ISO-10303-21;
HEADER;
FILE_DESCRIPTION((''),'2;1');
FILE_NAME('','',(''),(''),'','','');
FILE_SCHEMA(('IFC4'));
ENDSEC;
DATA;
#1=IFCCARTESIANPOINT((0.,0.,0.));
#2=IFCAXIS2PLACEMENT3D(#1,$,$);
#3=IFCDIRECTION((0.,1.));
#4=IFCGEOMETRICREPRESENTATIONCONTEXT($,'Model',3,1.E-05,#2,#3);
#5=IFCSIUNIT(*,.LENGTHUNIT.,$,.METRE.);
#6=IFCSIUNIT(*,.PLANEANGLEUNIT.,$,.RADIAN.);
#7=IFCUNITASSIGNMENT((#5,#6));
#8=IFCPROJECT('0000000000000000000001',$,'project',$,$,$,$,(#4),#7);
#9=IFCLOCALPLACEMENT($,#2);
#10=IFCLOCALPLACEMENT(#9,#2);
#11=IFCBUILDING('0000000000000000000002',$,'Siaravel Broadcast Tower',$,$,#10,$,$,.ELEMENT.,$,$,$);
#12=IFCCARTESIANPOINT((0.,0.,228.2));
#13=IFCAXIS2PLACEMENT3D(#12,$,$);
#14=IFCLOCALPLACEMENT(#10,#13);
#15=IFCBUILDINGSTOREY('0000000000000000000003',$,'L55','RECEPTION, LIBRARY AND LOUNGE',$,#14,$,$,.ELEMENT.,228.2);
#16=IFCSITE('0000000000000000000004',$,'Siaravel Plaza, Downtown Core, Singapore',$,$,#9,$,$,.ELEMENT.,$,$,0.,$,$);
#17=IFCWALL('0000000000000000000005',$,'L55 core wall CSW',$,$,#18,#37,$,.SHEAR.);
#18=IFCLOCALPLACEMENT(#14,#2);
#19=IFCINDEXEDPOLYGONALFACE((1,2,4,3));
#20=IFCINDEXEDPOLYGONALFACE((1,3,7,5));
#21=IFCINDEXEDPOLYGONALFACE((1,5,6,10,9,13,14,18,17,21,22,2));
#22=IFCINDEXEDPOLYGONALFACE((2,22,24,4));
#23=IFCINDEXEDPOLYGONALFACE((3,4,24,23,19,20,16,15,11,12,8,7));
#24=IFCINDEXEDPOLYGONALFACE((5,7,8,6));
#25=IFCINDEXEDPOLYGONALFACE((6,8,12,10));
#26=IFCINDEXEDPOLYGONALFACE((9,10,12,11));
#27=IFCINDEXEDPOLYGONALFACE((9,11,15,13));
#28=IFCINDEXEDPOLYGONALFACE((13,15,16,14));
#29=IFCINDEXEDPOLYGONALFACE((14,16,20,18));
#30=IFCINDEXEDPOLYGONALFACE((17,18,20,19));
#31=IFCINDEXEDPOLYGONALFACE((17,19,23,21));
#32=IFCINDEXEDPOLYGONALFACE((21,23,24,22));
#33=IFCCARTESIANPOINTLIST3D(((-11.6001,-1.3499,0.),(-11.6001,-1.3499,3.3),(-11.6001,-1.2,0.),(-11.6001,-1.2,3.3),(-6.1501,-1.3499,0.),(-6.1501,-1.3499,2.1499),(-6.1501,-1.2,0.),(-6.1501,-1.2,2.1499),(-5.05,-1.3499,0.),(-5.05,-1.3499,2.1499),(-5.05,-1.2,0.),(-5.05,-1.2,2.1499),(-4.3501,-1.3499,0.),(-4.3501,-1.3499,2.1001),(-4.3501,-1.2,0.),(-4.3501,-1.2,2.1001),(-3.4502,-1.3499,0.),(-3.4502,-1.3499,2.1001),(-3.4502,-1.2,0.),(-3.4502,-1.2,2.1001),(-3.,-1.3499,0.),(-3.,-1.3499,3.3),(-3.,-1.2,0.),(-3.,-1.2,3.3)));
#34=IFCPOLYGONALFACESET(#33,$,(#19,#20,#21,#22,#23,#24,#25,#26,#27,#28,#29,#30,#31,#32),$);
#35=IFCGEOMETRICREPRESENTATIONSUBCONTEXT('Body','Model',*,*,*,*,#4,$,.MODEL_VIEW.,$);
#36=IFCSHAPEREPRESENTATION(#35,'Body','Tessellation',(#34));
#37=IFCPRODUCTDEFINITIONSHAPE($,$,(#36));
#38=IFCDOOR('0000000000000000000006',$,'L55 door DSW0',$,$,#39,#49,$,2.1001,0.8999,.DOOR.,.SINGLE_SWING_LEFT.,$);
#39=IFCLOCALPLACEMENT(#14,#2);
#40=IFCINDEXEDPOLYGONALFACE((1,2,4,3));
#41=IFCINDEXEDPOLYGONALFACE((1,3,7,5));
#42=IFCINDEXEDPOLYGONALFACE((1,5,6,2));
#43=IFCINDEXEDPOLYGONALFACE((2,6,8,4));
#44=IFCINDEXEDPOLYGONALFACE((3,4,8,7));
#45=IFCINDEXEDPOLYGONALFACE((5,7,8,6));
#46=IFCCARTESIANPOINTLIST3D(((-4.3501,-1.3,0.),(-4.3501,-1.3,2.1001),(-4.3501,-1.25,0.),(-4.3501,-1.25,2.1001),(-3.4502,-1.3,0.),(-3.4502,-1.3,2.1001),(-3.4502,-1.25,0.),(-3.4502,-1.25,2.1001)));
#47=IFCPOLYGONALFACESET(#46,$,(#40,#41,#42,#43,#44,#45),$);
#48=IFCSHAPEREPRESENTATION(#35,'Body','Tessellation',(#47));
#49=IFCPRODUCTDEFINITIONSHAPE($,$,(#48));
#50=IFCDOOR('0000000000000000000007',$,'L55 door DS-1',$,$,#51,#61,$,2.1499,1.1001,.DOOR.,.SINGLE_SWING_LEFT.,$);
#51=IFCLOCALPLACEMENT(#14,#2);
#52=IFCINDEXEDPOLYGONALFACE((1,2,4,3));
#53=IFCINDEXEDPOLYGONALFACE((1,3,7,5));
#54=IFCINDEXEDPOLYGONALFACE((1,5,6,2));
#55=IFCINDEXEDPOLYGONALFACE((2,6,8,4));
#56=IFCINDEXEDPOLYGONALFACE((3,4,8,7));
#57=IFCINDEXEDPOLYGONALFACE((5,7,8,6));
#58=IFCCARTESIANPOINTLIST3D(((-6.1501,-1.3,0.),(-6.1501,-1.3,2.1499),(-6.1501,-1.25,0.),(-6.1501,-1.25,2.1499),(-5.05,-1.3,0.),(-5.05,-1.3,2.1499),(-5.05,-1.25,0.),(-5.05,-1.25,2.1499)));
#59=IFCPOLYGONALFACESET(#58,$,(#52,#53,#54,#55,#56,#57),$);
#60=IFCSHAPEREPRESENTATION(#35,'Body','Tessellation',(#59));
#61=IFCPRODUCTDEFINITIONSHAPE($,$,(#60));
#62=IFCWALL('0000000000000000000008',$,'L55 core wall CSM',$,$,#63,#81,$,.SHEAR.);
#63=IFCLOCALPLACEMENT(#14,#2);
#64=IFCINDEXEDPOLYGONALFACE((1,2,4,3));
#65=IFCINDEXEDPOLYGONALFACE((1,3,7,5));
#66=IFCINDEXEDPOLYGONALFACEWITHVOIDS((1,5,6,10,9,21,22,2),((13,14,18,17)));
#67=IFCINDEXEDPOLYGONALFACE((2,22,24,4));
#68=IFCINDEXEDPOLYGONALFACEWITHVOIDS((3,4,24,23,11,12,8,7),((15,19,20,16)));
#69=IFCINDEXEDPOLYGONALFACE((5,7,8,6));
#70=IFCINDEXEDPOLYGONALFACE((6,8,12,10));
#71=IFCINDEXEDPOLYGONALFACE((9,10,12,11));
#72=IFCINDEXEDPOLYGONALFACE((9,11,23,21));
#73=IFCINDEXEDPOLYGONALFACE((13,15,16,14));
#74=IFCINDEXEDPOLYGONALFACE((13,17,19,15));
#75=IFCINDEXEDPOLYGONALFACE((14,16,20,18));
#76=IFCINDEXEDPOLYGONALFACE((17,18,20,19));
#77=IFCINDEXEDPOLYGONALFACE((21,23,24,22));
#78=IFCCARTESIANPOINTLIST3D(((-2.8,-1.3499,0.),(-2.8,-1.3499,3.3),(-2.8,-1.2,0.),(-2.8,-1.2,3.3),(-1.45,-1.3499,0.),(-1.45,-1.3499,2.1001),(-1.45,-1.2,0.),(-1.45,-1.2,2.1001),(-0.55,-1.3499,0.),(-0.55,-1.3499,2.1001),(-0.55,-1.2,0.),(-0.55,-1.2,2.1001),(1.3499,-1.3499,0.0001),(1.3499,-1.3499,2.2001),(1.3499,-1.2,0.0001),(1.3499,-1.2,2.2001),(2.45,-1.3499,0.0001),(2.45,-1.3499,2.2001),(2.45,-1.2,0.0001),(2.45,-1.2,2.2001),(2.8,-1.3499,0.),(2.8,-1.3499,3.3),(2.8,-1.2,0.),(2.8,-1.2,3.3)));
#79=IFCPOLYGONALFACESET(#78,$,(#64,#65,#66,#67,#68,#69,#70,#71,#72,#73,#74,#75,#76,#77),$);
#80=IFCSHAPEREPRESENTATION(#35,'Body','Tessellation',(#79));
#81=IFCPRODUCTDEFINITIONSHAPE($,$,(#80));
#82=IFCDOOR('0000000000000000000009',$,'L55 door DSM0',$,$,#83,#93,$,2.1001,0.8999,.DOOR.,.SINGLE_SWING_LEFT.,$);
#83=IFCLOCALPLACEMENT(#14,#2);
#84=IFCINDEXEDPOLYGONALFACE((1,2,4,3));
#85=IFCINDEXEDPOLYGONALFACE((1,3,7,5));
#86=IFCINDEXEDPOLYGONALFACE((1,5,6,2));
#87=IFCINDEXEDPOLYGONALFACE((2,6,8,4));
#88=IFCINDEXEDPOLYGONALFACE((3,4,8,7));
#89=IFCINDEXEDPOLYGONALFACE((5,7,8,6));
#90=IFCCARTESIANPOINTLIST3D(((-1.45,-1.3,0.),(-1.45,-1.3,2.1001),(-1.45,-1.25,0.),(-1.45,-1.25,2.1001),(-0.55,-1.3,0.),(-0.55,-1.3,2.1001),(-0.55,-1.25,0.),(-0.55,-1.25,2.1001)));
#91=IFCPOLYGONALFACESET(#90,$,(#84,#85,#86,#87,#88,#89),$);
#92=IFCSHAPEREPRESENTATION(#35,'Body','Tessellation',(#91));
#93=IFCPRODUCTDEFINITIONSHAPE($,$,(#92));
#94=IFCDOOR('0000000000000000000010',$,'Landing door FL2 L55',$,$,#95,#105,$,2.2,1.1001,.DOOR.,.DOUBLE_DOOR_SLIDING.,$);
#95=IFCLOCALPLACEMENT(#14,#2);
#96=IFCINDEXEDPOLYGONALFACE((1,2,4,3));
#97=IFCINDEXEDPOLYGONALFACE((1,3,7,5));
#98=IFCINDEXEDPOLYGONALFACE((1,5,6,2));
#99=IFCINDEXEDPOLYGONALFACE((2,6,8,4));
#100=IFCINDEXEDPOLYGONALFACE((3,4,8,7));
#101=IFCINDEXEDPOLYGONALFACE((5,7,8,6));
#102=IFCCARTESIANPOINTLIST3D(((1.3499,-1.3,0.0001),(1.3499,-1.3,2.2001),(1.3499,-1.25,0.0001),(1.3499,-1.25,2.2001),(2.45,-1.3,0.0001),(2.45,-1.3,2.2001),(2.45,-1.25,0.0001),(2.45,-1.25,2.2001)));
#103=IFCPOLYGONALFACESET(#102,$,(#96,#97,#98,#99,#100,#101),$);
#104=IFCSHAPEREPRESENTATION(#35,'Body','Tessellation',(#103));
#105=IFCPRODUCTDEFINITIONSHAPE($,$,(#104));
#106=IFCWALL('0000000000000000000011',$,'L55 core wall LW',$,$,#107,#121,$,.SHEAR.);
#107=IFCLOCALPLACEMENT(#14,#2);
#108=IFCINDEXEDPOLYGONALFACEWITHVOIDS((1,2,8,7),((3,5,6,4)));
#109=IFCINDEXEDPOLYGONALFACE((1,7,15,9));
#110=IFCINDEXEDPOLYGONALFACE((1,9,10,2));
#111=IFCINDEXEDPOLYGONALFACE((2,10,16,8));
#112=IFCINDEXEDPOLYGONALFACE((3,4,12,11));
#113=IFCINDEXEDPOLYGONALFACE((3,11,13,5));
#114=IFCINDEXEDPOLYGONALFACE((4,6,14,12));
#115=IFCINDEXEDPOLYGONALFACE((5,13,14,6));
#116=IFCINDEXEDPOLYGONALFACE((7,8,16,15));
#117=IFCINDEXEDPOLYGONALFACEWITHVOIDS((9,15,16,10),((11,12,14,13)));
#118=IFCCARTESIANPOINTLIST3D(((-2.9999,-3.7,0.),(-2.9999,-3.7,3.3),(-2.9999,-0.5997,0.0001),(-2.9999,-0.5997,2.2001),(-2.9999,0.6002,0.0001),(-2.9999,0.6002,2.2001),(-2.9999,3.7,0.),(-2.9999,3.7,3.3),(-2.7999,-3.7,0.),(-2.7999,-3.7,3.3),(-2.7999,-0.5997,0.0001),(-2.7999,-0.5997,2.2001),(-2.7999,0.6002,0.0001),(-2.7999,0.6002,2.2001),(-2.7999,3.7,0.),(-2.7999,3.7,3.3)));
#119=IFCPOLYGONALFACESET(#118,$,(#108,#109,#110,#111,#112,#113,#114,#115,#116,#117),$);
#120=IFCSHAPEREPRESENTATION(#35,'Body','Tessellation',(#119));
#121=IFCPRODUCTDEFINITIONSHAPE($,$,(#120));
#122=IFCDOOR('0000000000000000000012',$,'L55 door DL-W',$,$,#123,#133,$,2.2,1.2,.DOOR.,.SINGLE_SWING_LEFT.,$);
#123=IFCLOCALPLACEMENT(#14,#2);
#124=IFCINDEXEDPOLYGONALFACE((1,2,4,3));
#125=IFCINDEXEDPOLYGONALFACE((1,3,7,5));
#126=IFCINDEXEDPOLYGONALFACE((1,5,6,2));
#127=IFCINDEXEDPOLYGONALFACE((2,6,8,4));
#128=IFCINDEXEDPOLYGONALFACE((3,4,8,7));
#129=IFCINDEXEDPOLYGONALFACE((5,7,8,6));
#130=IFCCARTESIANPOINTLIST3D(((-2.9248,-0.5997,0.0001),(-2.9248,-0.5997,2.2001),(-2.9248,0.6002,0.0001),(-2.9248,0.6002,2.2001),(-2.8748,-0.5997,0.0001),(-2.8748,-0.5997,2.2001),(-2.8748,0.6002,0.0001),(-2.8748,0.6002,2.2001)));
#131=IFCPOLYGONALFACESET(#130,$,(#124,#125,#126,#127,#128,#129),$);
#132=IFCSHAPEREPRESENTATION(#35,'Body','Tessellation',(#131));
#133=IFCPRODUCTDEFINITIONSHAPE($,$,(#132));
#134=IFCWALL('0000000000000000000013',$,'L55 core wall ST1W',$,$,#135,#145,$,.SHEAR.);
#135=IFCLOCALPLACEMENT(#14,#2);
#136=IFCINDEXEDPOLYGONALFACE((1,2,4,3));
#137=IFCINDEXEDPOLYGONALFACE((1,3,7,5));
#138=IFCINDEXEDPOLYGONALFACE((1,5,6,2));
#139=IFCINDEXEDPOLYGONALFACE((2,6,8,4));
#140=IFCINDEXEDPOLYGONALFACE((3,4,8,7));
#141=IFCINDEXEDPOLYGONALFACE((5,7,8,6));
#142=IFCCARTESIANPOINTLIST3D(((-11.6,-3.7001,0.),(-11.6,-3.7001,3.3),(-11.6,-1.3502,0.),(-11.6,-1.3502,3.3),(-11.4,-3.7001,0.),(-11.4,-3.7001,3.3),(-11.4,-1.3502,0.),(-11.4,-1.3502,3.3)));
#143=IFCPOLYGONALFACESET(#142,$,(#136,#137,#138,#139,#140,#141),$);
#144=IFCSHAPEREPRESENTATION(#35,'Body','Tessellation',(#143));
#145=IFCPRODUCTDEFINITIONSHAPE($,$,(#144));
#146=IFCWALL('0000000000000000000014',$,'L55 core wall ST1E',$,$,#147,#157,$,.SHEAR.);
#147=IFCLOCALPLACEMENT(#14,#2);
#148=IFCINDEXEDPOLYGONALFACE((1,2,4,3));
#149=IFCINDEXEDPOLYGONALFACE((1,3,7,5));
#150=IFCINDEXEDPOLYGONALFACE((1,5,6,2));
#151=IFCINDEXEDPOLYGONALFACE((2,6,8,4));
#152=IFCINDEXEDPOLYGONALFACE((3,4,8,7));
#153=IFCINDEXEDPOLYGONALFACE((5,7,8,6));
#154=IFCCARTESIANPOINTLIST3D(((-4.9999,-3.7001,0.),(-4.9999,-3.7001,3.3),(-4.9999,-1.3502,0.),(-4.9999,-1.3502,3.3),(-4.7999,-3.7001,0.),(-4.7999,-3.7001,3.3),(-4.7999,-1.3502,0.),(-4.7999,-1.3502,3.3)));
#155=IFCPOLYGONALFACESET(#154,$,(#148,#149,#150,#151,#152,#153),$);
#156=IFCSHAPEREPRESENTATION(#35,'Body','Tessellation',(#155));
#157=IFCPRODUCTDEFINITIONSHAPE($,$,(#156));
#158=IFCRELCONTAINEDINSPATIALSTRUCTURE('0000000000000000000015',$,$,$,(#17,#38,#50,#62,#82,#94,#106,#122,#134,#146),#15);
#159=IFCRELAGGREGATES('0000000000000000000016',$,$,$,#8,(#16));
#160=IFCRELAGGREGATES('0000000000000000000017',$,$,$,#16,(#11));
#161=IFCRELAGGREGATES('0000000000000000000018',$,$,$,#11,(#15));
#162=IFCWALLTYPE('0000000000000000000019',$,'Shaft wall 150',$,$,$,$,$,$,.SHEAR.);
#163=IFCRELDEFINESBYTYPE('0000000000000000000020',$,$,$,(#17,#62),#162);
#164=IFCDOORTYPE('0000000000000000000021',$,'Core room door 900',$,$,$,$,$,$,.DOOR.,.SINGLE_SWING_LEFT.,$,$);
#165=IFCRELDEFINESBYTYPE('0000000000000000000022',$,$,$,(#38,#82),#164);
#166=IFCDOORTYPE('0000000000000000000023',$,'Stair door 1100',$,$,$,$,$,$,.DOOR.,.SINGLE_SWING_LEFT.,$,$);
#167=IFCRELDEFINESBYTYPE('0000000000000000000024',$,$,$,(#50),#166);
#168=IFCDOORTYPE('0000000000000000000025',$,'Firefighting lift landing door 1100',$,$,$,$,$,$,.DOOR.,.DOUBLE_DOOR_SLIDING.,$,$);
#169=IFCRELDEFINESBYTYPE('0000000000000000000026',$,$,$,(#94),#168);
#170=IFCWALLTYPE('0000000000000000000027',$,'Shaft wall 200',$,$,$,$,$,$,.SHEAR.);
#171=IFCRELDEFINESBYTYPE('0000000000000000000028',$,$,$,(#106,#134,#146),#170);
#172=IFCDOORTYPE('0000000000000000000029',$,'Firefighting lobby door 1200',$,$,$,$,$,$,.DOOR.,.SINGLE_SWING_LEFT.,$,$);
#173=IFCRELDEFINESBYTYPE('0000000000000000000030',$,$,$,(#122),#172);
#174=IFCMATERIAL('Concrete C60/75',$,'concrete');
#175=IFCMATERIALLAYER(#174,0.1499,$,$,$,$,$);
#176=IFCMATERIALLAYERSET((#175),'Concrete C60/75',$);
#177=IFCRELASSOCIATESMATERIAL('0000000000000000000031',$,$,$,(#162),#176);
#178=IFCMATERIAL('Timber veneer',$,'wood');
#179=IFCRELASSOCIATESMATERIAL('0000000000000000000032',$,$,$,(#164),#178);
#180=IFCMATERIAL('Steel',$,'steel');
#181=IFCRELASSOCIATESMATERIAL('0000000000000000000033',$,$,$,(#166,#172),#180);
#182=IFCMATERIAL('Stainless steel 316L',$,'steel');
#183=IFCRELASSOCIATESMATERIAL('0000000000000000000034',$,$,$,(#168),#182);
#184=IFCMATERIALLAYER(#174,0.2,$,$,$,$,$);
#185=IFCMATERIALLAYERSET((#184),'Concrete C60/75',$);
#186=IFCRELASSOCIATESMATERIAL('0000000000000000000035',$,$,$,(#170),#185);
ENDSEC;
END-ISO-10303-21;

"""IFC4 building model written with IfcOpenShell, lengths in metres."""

from ifc_helpers import new_model, si_unit, direction, frame, frame_2d, origin, place, context, subcontext, project, spatial, rectangle, extrude, material, layer, layer_set, type_object, element, fill, save


model = new_model("IFC4")

# Units and contexts
model_context = context("Model", 3, precision=1e-05, world=origin(), true_north=direction((0.0, 1.0)))
body_context = subcontext(model_context, "Body", "Model", "MODEL_VIEW")
ifc_project = project(units=[si_unit("LENGTHUNIT", "METRE"), si_unit("PLANEANGLEUNIT", "RADIAN")], contexts=[model_context])

# Site, building, storey
site_placement = place(None, origin())
site = spatial("IfcSite", under=ifc_project, at=site_placement, Name="Siaravel Plaza, Downtown Core, Singapore", CompositionType="ELEMENT", RefElevation=0.0)
building_placement = place(site_placement, origin())
building = spatial("IfcBuilding", under=site, at=building_placement, Name="Siaravel Broadcast Tower", CompositionType="ELEMENT")
storey_placement = place(building_placement, frame((0.0, 0.0, 228.2)))
storey = spatial("IfcBuildingStorey", under=building, at=storey_placement, Name="L55", Description="RECEPTION, LIBRARY AND LOUNGE", CompositionType="ELEMENT", Elevation=228.2)

# Walls, openings, doors
ifc_material_1 = material(Name="Concrete C60/75", Category="concrete")
ifc_layer_1 = layer(ifc_material_1, 0.1499)
ifc_layer_set_1 = layer_set([ifc_layer_1], Name="Concrete C60/75")
wall_type_1 = type_object("IfcWallType", Name="Shaft wall 150", PredefinedType="SHEAR", material=ifc_layer_set_1)
wall_1_placement = place(storey_placement, frame((-11.6001, -1.2749, 0.0), z_axis=(0.0, 0.0, 1.0), x_axis=(1.0, 0.0, 0.0)))
wall_1 = element("IfcWall", 1, at=wall_1_placement, inside=storey, type_object=wall_type_1, Name="L55 core wall CSW", PredefinedType="SHEAR", context=body_context, shape_type="SweptSolid", body=[
    extrude(rectangle(XDim=8.6001, YDim=0.1499, at=frame_2d((4.3, 0.0))), origin(), (0.0, 0.0, 1.0), 3.3),
])
opening_1_placement = place(wall_1_placement, frame((5.45, 0.0, 0.0)))
opening_1 = element("IfcOpeningElement", 2, at=opening_1_placement, cuts=wall_1, PredefinedType="OPENING", context=body_context, shape_type="SweptSolid", body=[
    extrude(rectangle(XDim=1.1001, YDim=2.1499, at=frame_2d((0.55, 1.075))), frame((0.0, 0.085, 0.0), z_axis=(0.0, -1.0, 0.0), x_axis=(1.0, 0.0, 0.0)), (0.0, 0.0, 1.0), 0.1699),
])
opening_2_placement = place(wall_1_placement, frame((7.25, 0.0, 0.0)))
opening_2 = element("IfcOpeningElement", 3, at=opening_2_placement, cuts=wall_1, PredefinedType="OPENING", context=body_context, shape_type="SweptSolid", body=[
    extrude(rectangle(XDim=0.8999, YDim=2.1001, at=frame_2d((0.45, 1.05))), frame((0.0, 0.085, 0.0), z_axis=(0.0, -1.0, 0.0), x_axis=(1.0, 0.0, 0.0)), (0.0, 0.0, 1.0), 0.1699),
])
ifc_material_2 = material(Name="Timber veneer", Category="wood")
door_type_1 = type_object("IfcDoorType", Name="Core room door 900", OperationType="SINGLE_SWING_LEFT", PredefinedType="DOOR", material=ifc_material_2)
door_1_placement = place(opening_2_placement, origin())
door_1 = element("IfcDoor", 4, at=door_1_placement, inside=storey, type_object=door_type_1, Name="L55 door DSW0", OperationType="SINGLE_SWING_LEFT", OverallHeight=2.1001, OverallWidth=0.8999, PredefinedType="DOOR", context=body_context, shape_type="SweptSolid", body=[
    extrude(rectangle(XDim=0.8999, YDim=2.1001, at=frame_2d((0.45, 1.05))), frame((0.0, 0.0249, 0.0), z_axis=(0.0, -1.0, 0.0), x_axis=(1.0, 0.0, 0.0)), (0.0, 0.0, 1.0), 0.05),
])
fill(opening_2, door_1)
ifc_material_3 = material(Name="Steel", Category="steel")
door_type_2 = type_object("IfcDoorType", Name="Stair door 1100", OperationType="SINGLE_SWING_LEFT", PredefinedType="DOOR", material=ifc_material_3)
door_2_placement = place(opening_1_placement, origin())
door_2 = element("IfcDoor", 5, at=door_2_placement, inside=storey, type_object=door_type_2, Name="L55 door DS-1", OperationType="SINGLE_SWING_LEFT", OverallHeight=2.1499, OverallWidth=1.1001, PredefinedType="DOOR", context=body_context, shape_type="SweptSolid", body=[
    extrude(rectangle(XDim=1.1001, YDim=2.1499, at=frame_2d((0.55, 1.075))), frame((0.0, 0.0249, 0.0), z_axis=(0.0, -1.0, 0.0), x_axis=(1.0, 0.0, 0.0)), (0.0, 0.0, 1.0), 0.05),
])
fill(opening_1, door_2)
wall_2_placement = place(storey_placement, frame((-2.8, -1.2749, 0.0), z_axis=(0.0, 0.0, 1.0), x_axis=(1.0, 0.0, 0.0)))
wall_2 = element("IfcWall", 6, at=wall_2_placement, inside=storey, type_object=wall_type_1, Name="L55 core wall CSM", PredefinedType="SHEAR", context=body_context, shape_type="SweptSolid", body=[
    extrude(rectangle(XDim=5.6001, YDim=0.1499, at=frame_2d((2.8, 0.0))), origin(), (0.0, 0.0, 1.0), 3.3),
])
opening_3_placement = place(wall_2_placement, frame((4.1499, 0.0, 0.0)))
opening_3 = element("IfcOpeningElement", 7, at=opening_3_placement, cuts=wall_2, PredefinedType="OPENING", context=body_context, shape_type="SweptSolid", body=[
    extrude(rectangle(XDim=1.1001, YDim=2.2, at=frame_2d((0.55, 1.1001))), frame((0.0, 0.085, 0.0), z_axis=(0.0, -1.0, 0.0), x_axis=(1.0, 0.0, 0.0)), (0.0, 0.0, 1.0), 0.1699),
])
opening_4_placement = place(wall_2_placement, frame((1.3501, 0.0, 0.0)))
opening_4 = element("IfcOpeningElement", 8, at=opening_4_placement, cuts=wall_2, PredefinedType="OPENING", context=body_context, shape_type="SweptSolid", body=[
    extrude(rectangle(XDim=0.8999, YDim=2.1001, at=frame_2d((0.45, 1.05))), frame((0.0, 0.085, 0.0), z_axis=(0.0, -1.0, 0.0), x_axis=(1.0, 0.0, 0.0)), (0.0, 0.0, 1.0), 0.1699),
])
door_3_placement = place(opening_4_placement, origin())
door_3 = element("IfcDoor", 9, at=door_3_placement, inside=storey, type_object=door_type_1, Name="L55 door DSM0", OperationType="SINGLE_SWING_LEFT", OverallHeight=2.1001, OverallWidth=0.8999, PredefinedType="DOOR", context=body_context, shape_type="SweptSolid", body=[
    extrude(rectangle(XDim=0.8999, YDim=2.1001, at=frame_2d((0.45, 1.05))), frame((0.0, 0.0249, 0.0), z_axis=(0.0, -1.0, 0.0), x_axis=(1.0, 0.0, 0.0)), (0.0, 0.0, 1.0), 0.05),
])
fill(opening_4, door_3)
ifc_material_4 = material(Name="Stainless steel 316L", Category="steel")
door_type_3 = type_object("IfcDoorType", Name="Firefighting lift landing door 1100", OperationType="DOUBLE_DOOR_SLIDING", PredefinedType="DOOR", material=ifc_material_4)
door_4_placement = place(opening_3_placement, origin())
door_4 = element("IfcDoor", 10, at=door_4_placement, inside=storey, type_object=door_type_3, Name="Landing door FL2 L55", OperationType="DOUBLE_DOOR_SLIDING", OverallHeight=2.2, OverallWidth=1.1001, PredefinedType="DOOR", context=body_context, shape_type="SweptSolid", body=[
    extrude(rectangle(XDim=1.1001, YDim=2.2, at=frame_2d((0.55, 1.1001))), frame((0.0, 0.0249, 0.0), z_axis=(0.0, -1.0, 0.0), x_axis=(1.0, 0.0, 0.0)), (0.0, 0.0, 1.0), 0.05),
])
fill(opening_3, door_4)

# Wall, opening, door
ifc_layer_2 = layer(ifc_material_1, 0.2)
ifc_layer_set_2 = layer_set([ifc_layer_2], Name="Concrete C60/75")
wall_type_2 = type_object("IfcWallType", Name="Shaft wall 200", PredefinedType="SHEAR", material=ifc_layer_set_2)
wall_3_placement = place(storey_placement, frame((-2.8999, -3.7, 0.0), z_axis=(0.0, 0.0, 1.0), x_axis=(0.0, 1.0, 0.0)))
wall_3 = element("IfcWall", 11, at=wall_3_placement, inside=storey, type_object=wall_type_2, Name="L55 core wall LW", PredefinedType="SHEAR", context=body_context, shape_type="SweptSolid", body=[
    extrude(rectangle(XDim=7.3999, YDim=0.2, at=frame_2d((3.7, 0.0))), origin(), (0.0, 0.0, 1.0), 3.3),
])
opening_5_placement = place(wall_3_placement, frame((3.1001, 0.0, 0.0)))
opening_5 = element("IfcOpeningElement", 12, at=opening_5_placement, cuts=wall_3, PredefinedType="OPENING", context=body_context, shape_type="SweptSolid", body=[
    extrude(rectangle(XDim=1.2, YDim=2.2, at=frame_2d((0.6001, 1.1001))), frame((0.0, 0.1099, 0.0), z_axis=(0.0, -1.0, 0.0), x_axis=(1.0, 0.0, 0.0)), (0.0, 0.0, 1.0), 0.22),
])
door_type_4 = type_object("IfcDoorType", Name="Firefighting lobby door 1200", OperationType="SINGLE_SWING_LEFT", PredefinedType="DOOR", material=ifc_material_3)
door_5_placement = place(opening_5_placement, origin())
door_5 = element("IfcDoor", 13, at=door_5_placement, inside=storey, type_object=door_type_4, Name="L55 door DL-W", OperationType="SINGLE_SWING_LEFT", OverallHeight=2.2, OverallWidth=1.2, PredefinedType="DOOR", context=body_context, shape_type="SweptSolid", body=[
    extrude(rectangle(XDim=1.2, YDim=2.2, at=frame_2d((0.6001, 1.1001))), frame((0.0, 0.0249, 0.0), z_axis=(0.0, -1.0, 0.0), x_axis=(1.0, 0.0, 0.0)), (0.0, 0.0, 1.0), 0.05),
])
fill(opening_5, door_5)

# Walls
for number, where, z_axis, x_axis, name in (
    (14, (-11.5, -3.7, 0.0), (0.0, 0.0, 1.0), (0.0, 1.0, 0.0), "L55 core wall ST1W"),
    (15, (-4.8999, -3.7, 0.0), (0.0, 0.0, 1.0), (0.0, 1.0, 0.0), "L55 core wall ST1E"),
):
    element("IfcWall", number, at=place(storey_placement, frame(where, z_axis=z_axis, x_axis=x_axis)), inside=storey, type_object=wall_type_2, Name=name, PredefinedType="SHEAR", context=body_context, shape_type="SweptSolid", body=[
        extrude(rectangle(XDim=2.3499, YDim=0.2, at=frame_2d((1.1748, 0.0))), origin(), (0.0, 0.0, 1.0), 3.3),
    ])

save(model, "model.ifc")
